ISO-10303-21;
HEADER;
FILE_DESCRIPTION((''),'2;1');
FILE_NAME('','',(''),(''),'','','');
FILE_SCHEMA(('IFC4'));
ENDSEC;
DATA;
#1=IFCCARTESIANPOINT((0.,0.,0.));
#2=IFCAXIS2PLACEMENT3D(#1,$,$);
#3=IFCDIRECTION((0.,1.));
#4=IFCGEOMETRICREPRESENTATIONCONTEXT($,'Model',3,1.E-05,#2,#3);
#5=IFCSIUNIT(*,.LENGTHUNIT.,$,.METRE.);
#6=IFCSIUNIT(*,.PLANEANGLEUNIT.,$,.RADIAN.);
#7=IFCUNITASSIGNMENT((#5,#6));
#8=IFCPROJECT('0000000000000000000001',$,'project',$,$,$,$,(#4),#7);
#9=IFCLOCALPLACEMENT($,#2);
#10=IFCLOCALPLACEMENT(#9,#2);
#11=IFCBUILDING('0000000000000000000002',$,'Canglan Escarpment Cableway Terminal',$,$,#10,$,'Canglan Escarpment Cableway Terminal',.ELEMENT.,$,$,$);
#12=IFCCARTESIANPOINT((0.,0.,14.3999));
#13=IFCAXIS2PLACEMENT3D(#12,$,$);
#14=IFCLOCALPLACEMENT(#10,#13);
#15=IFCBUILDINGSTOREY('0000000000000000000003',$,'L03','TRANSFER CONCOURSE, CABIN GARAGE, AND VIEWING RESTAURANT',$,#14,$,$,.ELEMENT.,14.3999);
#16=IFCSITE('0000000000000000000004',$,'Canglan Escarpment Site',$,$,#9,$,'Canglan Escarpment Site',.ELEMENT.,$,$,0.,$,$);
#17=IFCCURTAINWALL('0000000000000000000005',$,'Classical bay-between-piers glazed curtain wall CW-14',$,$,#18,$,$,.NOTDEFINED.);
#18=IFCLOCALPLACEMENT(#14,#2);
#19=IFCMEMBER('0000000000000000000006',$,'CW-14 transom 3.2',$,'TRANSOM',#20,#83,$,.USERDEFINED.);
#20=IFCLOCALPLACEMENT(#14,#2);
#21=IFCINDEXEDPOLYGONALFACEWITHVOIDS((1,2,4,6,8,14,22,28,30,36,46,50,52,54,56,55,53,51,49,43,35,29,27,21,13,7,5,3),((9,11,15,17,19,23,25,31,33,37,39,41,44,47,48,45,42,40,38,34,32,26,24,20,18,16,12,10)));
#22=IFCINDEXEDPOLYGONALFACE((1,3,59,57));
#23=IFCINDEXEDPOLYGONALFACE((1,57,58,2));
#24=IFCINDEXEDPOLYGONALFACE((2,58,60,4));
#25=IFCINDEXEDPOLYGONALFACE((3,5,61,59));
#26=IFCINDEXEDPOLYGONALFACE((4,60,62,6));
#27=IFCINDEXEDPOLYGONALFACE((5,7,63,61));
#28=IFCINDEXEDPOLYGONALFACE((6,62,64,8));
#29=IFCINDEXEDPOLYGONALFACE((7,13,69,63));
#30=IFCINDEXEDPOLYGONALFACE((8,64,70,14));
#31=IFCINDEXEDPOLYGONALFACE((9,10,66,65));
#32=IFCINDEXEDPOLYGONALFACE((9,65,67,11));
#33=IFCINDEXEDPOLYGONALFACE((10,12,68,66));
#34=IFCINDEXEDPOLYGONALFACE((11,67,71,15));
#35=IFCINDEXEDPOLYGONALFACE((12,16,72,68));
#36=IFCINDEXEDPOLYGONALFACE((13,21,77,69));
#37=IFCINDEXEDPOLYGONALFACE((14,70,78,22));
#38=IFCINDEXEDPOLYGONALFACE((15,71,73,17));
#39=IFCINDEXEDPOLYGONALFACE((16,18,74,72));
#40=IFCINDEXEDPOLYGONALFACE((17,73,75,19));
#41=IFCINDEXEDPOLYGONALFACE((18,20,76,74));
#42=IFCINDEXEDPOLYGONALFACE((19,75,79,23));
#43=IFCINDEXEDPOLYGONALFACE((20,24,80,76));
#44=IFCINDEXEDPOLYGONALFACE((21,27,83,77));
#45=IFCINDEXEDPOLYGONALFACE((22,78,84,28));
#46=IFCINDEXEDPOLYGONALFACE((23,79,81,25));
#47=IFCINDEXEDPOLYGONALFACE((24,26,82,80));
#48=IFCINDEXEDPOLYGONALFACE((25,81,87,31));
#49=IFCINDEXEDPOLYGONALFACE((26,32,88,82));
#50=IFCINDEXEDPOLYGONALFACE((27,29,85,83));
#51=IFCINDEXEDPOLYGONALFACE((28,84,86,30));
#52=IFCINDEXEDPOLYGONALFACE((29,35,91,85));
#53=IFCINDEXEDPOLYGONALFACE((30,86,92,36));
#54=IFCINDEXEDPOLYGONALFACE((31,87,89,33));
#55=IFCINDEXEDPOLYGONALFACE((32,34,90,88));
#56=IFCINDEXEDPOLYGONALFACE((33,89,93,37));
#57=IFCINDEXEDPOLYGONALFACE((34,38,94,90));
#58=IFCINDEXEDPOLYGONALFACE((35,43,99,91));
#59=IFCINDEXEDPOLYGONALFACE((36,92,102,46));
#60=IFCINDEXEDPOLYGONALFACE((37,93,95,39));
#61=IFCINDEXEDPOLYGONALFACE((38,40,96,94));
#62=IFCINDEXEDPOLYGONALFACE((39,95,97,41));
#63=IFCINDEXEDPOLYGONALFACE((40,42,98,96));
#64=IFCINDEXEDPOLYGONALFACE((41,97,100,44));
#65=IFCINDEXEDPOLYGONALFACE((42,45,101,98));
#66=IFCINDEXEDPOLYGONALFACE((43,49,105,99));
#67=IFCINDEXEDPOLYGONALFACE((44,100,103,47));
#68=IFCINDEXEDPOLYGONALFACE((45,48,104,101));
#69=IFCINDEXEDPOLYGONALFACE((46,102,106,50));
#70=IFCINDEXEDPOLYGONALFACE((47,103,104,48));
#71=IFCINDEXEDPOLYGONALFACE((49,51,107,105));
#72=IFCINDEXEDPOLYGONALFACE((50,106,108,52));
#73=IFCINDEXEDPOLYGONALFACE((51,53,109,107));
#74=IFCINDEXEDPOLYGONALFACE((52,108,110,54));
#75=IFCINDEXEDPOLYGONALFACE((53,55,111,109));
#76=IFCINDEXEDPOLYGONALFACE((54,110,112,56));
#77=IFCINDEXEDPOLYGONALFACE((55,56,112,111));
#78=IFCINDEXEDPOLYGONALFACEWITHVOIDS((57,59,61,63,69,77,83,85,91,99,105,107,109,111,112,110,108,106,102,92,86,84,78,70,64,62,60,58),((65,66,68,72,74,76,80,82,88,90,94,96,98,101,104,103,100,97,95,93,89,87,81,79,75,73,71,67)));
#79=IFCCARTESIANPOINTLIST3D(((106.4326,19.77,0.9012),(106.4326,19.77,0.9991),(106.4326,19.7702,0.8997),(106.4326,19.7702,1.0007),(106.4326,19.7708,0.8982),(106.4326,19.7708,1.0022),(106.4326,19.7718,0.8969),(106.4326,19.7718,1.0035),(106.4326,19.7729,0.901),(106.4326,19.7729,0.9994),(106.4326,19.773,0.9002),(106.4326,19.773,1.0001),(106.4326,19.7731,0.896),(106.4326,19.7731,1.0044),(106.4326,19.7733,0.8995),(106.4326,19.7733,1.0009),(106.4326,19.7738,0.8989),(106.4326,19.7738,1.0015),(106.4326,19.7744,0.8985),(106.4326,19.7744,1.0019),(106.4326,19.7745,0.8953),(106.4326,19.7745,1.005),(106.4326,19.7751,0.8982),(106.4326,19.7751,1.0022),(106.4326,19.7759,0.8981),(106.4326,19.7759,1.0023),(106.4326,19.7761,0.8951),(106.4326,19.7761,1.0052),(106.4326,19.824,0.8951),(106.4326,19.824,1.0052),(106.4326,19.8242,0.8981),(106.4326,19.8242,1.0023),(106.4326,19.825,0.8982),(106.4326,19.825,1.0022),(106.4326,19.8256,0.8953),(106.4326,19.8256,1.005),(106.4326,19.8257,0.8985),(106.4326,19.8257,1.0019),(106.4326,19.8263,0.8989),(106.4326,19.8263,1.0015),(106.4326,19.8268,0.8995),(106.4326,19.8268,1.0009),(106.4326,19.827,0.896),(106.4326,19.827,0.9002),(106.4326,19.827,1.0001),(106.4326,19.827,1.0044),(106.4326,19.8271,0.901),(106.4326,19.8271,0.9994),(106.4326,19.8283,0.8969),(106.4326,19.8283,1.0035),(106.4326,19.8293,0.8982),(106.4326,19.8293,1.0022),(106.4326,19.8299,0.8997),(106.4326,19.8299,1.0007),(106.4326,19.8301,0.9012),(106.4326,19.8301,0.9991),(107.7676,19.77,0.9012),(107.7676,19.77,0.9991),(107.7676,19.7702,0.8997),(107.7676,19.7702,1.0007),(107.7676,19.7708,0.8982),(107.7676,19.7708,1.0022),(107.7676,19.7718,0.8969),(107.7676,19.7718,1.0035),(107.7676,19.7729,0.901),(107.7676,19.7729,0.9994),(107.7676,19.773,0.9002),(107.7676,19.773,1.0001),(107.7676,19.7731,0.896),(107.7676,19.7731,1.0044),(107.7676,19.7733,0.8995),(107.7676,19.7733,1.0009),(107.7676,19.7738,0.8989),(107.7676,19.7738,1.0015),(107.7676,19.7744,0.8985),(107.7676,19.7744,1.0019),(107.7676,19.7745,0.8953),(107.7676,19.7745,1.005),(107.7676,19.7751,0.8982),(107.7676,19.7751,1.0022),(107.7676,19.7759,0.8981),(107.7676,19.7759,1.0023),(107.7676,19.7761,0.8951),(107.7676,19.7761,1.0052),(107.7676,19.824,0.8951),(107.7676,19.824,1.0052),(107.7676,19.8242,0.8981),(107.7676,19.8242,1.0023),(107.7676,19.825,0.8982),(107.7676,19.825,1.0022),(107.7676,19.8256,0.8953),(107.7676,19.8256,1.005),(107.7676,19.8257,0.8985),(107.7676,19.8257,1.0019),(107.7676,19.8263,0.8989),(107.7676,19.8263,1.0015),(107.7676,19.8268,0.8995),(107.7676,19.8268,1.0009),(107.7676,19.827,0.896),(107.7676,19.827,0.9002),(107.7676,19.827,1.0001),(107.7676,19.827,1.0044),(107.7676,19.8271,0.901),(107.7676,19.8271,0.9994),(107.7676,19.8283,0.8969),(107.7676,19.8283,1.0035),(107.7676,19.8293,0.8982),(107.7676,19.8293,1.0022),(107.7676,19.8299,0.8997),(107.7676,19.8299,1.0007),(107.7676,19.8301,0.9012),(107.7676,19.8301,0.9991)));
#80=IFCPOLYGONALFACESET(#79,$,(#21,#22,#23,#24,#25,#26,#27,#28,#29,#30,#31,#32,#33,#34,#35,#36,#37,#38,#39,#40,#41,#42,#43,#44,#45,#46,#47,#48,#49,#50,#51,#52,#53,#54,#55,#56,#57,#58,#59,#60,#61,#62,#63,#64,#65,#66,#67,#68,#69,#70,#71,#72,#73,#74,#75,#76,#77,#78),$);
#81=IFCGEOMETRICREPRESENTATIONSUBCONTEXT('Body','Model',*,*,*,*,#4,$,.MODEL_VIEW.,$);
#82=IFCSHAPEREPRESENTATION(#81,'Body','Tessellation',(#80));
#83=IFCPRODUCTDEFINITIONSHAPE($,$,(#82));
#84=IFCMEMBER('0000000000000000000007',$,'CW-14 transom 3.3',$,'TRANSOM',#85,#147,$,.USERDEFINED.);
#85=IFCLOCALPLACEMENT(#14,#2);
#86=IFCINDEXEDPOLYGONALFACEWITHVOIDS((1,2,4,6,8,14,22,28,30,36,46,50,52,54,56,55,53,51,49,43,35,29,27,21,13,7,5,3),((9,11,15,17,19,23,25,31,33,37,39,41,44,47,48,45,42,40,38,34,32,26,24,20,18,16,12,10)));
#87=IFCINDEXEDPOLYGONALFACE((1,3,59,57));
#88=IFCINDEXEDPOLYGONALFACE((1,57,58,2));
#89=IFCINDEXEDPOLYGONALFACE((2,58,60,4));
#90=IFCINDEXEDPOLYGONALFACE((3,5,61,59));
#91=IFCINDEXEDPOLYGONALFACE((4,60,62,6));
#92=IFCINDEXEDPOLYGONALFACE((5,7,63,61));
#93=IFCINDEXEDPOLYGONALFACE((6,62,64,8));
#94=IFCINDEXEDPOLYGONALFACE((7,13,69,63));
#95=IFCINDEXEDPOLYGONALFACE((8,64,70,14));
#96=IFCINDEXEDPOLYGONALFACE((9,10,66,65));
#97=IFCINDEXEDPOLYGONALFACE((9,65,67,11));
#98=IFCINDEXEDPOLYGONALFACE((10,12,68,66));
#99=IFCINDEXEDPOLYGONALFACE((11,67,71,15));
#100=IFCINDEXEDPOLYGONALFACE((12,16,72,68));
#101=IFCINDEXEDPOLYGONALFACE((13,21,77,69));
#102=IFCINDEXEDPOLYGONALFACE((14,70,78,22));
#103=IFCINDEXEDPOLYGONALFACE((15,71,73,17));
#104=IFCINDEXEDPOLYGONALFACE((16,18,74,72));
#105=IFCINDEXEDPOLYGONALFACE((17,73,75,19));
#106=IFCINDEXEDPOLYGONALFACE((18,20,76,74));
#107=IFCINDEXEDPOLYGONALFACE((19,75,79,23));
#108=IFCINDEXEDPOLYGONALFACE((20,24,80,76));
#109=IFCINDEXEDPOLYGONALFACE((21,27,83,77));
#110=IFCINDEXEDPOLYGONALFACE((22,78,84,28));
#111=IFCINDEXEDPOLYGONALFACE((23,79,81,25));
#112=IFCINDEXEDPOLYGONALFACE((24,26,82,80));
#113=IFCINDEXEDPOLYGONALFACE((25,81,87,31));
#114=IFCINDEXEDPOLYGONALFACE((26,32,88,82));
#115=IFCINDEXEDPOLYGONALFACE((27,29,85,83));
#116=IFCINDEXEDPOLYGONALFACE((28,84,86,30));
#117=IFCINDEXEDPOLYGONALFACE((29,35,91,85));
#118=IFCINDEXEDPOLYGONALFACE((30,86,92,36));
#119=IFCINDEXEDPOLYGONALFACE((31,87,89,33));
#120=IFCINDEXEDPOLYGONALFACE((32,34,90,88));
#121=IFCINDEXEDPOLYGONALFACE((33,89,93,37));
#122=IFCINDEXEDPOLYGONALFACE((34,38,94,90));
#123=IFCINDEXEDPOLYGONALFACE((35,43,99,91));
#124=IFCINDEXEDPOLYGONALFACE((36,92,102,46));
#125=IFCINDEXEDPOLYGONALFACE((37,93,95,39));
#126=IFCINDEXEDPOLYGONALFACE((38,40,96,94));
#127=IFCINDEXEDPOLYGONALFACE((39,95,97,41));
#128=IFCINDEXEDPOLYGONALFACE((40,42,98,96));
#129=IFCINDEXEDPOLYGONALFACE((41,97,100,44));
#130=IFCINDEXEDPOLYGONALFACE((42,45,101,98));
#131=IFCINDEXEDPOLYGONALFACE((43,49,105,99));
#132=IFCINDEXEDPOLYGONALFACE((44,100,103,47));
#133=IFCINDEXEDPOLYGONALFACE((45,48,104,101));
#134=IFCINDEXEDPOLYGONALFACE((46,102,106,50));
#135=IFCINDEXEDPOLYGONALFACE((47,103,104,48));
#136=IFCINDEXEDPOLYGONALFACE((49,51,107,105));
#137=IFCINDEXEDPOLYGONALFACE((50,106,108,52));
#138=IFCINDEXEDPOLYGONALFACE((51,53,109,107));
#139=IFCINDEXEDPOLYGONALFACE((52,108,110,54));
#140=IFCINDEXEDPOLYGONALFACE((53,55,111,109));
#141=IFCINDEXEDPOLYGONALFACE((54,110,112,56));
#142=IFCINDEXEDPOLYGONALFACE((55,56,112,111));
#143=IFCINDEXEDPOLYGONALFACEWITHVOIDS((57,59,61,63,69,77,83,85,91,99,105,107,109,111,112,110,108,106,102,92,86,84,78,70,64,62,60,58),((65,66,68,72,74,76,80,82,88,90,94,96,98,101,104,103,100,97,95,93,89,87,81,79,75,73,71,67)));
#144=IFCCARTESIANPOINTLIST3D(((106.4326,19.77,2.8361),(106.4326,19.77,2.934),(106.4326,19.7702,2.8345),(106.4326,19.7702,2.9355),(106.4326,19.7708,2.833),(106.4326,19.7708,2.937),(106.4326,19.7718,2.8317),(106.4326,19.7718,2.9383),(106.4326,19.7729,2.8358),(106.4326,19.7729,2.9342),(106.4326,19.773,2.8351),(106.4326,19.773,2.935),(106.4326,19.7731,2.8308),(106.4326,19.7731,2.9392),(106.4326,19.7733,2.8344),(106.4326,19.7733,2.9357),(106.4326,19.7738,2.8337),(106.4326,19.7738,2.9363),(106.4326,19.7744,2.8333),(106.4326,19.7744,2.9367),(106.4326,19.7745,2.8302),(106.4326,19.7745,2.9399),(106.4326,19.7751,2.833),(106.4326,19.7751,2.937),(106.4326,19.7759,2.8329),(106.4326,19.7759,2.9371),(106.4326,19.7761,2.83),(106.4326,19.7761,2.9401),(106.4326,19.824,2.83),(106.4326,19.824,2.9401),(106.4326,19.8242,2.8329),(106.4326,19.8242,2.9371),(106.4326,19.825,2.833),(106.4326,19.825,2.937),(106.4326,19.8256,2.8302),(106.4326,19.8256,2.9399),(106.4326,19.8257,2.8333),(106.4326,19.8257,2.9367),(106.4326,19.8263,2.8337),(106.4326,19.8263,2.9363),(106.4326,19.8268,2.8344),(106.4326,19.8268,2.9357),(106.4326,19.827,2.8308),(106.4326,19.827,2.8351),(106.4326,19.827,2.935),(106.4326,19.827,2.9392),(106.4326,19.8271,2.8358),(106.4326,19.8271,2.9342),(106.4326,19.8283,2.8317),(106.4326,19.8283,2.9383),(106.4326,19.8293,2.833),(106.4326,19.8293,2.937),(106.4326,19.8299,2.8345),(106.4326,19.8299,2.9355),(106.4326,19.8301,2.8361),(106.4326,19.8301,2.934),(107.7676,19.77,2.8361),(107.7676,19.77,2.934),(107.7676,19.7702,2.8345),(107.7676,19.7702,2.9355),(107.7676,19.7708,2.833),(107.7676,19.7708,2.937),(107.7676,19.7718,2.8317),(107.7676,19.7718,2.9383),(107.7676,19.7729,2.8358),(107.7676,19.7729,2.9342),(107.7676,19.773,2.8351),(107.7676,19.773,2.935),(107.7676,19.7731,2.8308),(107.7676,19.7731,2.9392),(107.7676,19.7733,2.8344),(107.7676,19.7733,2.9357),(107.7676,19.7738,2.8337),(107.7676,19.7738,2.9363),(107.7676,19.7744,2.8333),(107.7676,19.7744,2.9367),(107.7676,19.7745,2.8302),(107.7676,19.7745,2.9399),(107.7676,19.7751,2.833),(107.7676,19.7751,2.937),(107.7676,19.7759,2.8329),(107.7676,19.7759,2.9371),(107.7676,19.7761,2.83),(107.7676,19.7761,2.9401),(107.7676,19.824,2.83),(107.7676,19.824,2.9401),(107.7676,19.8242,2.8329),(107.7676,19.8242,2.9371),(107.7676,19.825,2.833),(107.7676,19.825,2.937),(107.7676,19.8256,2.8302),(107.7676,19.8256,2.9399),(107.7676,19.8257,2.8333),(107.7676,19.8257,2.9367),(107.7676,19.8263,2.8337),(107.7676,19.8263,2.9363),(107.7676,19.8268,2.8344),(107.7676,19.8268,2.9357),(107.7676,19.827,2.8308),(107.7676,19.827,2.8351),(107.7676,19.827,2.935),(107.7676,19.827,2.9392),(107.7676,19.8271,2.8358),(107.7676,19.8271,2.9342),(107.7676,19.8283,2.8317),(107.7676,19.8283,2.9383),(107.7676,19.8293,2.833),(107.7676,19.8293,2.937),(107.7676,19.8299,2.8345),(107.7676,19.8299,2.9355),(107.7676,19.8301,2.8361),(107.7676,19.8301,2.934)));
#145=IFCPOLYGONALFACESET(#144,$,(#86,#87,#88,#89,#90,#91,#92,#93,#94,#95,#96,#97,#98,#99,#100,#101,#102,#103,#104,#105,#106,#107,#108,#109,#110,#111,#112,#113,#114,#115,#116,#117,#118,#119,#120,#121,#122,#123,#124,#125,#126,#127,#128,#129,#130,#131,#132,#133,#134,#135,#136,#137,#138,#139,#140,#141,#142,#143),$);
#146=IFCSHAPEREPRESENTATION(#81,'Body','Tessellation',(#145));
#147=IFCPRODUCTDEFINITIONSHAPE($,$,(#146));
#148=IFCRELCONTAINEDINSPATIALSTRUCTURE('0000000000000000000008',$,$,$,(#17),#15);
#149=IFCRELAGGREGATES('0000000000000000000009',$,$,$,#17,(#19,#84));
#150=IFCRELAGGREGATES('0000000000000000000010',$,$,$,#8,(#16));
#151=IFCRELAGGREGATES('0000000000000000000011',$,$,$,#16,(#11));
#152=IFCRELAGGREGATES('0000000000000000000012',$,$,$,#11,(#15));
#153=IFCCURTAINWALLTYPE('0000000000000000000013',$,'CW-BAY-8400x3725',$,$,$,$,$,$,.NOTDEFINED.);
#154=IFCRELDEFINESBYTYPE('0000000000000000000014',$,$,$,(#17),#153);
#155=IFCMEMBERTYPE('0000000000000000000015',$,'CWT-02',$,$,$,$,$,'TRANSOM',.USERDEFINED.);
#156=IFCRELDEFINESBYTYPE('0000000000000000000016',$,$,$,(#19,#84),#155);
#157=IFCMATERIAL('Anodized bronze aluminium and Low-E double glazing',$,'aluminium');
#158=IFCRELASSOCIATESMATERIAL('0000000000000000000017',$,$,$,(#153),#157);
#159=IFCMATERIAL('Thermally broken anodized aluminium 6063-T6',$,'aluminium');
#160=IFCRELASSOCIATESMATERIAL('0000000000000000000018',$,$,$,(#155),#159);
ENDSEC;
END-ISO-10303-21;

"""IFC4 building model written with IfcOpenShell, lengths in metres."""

from ifc_helpers import new_model, si_unit, direction, frame, origin, origin_2d, place, context, subcontext, project, spatial, hollow_rectangle, extrude, material, material_profile, profile_set, type_object, element, aggregate, save


model = new_model("IFC4")

# Units and contexts
model_context = context("Model", 3, precision=1e-05, world=origin(), true_north=direction((0.0, 1.0)))
body_context = subcontext(model_context, "Body", "Model", "MODEL_VIEW")
ifc_project = project(units=[si_unit("LENGTHUNIT", "METRE"), si_unit("PLANEANGLEUNIT", "RADIAN")], contexts=[model_context])

# Site, building, storey
site_placement = place(None, origin())
site = spatial("IfcSite", under=ifc_project, at=site_placement, Name="Canglan Escarpment Site", LongName="Canglan Escarpment Site", CompositionType="ELEMENT", RefElevation=0.0)
building_placement = place(site_placement, origin())
building = spatial("IfcBuilding", under=site, at=building_placement, Name="Canglan Escarpment Cableway Terminal", LongName="Canglan Escarpment Cableway Terminal", CompositionType="ELEMENT")
storey_placement = place(building_placement, frame((0.0, 0.0, 14.3999)))
storey = spatial("IfcBuildingStorey", under=building, at=storey_placement, Name="L03", Description="TRANSFER CONCOURSE, CABIN GARAGE, AND VIEWING RESTAURANT", CompositionType="ELEMENT", Elevation=14.3999)

# Curtain wall, members
ifc_material_1 = material(Name="Anodized bronze aluminium and Low-E double glazing", Category="aluminium")
curtain_wall_type = type_object("IfcCurtainWallType", Name="CW-BAY-8400x3725", PredefinedType="NOTDEFINED", material=ifc_material_1)
curtain_wall_placement = place(storey_placement, origin())
curtain_wall = element("IfcCurtainWall", 1, at=curtain_wall_placement, inside=storey, type_object=curtain_wall_type, Name="Classical bay-between-piers glazed curtain wall CW-14", PredefinedType="NOTDEFINED")
ifc_material_2 = material(Name="Thermally broken anodized aluminium 6063-T6", Category="aluminium")
ifc_material_profile_1 = material_profile(ifc_material_2, hollow_rectangle(XDim=0.0601, YDim=0.1101, WallThickness=0.0029, InnerFilletRadius=0.0029, OuterFilletRadius=0.0061, at=origin_2d()), Name="ALU-TRAN 60x110x3")
ifc_profile_set_1 = profile_set([ifc_material_profile_1], Name="Thermally broken anodized aluminium 6063-T6")
member_type_1 = type_object("IfcMemberType", Name="CWT-02", ElementType="TRANSOM", PredefinedType="USERDEFINED", material=ifc_profile_set_1)
member_1_placement = place(storey_placement, frame((107.7676, 19.8, 0.9502), z_axis=(-1.0, 0.0, 0.0), x_axis=(0.0, -1.0, 0.0)))
member_1 = element("IfcMember", 2, at=member_1_placement, type_object=member_type_1, Name="CW-14 transom 3.2", ObjectType="TRANSOM", PredefinedType="USERDEFINED", context=body_context, shape_type="SweptSolid", body=[
    extrude(hollow_rectangle(XDim=0.0601, YDim=0.1101, WallThickness=0.0029, InnerFilletRadius=0.0029, OuterFilletRadius=0.0061, at=origin_2d()), origin(), (0.0, 0.0, 1.0), 1.335),
])
member_2_placement = place(storey_placement, frame((107.7676, 19.8, 2.885), z_axis=(-1.0, 0.0, 0.0), x_axis=(0.0, -1.0, 0.0)))
member_2 = element("IfcMember", 3, at=member_2_placement, type_object=member_type_1, Name="CW-14 transom 3.3", ObjectType="TRANSOM", PredefinedType="USERDEFINED", context=body_context, shape_type="SweptSolid", body=[
    extrude(hollow_rectangle(XDim=0.0601, YDim=0.1101, WallThickness=0.0029, InnerFilletRadius=0.0029, OuterFilletRadius=0.0061, at=origin_2d()), origin(), (0.0, 0.0, 1.0), 1.335),
])
aggregate(curtain_wall, [member_1, member_2])

save(model, "model.ifc")
